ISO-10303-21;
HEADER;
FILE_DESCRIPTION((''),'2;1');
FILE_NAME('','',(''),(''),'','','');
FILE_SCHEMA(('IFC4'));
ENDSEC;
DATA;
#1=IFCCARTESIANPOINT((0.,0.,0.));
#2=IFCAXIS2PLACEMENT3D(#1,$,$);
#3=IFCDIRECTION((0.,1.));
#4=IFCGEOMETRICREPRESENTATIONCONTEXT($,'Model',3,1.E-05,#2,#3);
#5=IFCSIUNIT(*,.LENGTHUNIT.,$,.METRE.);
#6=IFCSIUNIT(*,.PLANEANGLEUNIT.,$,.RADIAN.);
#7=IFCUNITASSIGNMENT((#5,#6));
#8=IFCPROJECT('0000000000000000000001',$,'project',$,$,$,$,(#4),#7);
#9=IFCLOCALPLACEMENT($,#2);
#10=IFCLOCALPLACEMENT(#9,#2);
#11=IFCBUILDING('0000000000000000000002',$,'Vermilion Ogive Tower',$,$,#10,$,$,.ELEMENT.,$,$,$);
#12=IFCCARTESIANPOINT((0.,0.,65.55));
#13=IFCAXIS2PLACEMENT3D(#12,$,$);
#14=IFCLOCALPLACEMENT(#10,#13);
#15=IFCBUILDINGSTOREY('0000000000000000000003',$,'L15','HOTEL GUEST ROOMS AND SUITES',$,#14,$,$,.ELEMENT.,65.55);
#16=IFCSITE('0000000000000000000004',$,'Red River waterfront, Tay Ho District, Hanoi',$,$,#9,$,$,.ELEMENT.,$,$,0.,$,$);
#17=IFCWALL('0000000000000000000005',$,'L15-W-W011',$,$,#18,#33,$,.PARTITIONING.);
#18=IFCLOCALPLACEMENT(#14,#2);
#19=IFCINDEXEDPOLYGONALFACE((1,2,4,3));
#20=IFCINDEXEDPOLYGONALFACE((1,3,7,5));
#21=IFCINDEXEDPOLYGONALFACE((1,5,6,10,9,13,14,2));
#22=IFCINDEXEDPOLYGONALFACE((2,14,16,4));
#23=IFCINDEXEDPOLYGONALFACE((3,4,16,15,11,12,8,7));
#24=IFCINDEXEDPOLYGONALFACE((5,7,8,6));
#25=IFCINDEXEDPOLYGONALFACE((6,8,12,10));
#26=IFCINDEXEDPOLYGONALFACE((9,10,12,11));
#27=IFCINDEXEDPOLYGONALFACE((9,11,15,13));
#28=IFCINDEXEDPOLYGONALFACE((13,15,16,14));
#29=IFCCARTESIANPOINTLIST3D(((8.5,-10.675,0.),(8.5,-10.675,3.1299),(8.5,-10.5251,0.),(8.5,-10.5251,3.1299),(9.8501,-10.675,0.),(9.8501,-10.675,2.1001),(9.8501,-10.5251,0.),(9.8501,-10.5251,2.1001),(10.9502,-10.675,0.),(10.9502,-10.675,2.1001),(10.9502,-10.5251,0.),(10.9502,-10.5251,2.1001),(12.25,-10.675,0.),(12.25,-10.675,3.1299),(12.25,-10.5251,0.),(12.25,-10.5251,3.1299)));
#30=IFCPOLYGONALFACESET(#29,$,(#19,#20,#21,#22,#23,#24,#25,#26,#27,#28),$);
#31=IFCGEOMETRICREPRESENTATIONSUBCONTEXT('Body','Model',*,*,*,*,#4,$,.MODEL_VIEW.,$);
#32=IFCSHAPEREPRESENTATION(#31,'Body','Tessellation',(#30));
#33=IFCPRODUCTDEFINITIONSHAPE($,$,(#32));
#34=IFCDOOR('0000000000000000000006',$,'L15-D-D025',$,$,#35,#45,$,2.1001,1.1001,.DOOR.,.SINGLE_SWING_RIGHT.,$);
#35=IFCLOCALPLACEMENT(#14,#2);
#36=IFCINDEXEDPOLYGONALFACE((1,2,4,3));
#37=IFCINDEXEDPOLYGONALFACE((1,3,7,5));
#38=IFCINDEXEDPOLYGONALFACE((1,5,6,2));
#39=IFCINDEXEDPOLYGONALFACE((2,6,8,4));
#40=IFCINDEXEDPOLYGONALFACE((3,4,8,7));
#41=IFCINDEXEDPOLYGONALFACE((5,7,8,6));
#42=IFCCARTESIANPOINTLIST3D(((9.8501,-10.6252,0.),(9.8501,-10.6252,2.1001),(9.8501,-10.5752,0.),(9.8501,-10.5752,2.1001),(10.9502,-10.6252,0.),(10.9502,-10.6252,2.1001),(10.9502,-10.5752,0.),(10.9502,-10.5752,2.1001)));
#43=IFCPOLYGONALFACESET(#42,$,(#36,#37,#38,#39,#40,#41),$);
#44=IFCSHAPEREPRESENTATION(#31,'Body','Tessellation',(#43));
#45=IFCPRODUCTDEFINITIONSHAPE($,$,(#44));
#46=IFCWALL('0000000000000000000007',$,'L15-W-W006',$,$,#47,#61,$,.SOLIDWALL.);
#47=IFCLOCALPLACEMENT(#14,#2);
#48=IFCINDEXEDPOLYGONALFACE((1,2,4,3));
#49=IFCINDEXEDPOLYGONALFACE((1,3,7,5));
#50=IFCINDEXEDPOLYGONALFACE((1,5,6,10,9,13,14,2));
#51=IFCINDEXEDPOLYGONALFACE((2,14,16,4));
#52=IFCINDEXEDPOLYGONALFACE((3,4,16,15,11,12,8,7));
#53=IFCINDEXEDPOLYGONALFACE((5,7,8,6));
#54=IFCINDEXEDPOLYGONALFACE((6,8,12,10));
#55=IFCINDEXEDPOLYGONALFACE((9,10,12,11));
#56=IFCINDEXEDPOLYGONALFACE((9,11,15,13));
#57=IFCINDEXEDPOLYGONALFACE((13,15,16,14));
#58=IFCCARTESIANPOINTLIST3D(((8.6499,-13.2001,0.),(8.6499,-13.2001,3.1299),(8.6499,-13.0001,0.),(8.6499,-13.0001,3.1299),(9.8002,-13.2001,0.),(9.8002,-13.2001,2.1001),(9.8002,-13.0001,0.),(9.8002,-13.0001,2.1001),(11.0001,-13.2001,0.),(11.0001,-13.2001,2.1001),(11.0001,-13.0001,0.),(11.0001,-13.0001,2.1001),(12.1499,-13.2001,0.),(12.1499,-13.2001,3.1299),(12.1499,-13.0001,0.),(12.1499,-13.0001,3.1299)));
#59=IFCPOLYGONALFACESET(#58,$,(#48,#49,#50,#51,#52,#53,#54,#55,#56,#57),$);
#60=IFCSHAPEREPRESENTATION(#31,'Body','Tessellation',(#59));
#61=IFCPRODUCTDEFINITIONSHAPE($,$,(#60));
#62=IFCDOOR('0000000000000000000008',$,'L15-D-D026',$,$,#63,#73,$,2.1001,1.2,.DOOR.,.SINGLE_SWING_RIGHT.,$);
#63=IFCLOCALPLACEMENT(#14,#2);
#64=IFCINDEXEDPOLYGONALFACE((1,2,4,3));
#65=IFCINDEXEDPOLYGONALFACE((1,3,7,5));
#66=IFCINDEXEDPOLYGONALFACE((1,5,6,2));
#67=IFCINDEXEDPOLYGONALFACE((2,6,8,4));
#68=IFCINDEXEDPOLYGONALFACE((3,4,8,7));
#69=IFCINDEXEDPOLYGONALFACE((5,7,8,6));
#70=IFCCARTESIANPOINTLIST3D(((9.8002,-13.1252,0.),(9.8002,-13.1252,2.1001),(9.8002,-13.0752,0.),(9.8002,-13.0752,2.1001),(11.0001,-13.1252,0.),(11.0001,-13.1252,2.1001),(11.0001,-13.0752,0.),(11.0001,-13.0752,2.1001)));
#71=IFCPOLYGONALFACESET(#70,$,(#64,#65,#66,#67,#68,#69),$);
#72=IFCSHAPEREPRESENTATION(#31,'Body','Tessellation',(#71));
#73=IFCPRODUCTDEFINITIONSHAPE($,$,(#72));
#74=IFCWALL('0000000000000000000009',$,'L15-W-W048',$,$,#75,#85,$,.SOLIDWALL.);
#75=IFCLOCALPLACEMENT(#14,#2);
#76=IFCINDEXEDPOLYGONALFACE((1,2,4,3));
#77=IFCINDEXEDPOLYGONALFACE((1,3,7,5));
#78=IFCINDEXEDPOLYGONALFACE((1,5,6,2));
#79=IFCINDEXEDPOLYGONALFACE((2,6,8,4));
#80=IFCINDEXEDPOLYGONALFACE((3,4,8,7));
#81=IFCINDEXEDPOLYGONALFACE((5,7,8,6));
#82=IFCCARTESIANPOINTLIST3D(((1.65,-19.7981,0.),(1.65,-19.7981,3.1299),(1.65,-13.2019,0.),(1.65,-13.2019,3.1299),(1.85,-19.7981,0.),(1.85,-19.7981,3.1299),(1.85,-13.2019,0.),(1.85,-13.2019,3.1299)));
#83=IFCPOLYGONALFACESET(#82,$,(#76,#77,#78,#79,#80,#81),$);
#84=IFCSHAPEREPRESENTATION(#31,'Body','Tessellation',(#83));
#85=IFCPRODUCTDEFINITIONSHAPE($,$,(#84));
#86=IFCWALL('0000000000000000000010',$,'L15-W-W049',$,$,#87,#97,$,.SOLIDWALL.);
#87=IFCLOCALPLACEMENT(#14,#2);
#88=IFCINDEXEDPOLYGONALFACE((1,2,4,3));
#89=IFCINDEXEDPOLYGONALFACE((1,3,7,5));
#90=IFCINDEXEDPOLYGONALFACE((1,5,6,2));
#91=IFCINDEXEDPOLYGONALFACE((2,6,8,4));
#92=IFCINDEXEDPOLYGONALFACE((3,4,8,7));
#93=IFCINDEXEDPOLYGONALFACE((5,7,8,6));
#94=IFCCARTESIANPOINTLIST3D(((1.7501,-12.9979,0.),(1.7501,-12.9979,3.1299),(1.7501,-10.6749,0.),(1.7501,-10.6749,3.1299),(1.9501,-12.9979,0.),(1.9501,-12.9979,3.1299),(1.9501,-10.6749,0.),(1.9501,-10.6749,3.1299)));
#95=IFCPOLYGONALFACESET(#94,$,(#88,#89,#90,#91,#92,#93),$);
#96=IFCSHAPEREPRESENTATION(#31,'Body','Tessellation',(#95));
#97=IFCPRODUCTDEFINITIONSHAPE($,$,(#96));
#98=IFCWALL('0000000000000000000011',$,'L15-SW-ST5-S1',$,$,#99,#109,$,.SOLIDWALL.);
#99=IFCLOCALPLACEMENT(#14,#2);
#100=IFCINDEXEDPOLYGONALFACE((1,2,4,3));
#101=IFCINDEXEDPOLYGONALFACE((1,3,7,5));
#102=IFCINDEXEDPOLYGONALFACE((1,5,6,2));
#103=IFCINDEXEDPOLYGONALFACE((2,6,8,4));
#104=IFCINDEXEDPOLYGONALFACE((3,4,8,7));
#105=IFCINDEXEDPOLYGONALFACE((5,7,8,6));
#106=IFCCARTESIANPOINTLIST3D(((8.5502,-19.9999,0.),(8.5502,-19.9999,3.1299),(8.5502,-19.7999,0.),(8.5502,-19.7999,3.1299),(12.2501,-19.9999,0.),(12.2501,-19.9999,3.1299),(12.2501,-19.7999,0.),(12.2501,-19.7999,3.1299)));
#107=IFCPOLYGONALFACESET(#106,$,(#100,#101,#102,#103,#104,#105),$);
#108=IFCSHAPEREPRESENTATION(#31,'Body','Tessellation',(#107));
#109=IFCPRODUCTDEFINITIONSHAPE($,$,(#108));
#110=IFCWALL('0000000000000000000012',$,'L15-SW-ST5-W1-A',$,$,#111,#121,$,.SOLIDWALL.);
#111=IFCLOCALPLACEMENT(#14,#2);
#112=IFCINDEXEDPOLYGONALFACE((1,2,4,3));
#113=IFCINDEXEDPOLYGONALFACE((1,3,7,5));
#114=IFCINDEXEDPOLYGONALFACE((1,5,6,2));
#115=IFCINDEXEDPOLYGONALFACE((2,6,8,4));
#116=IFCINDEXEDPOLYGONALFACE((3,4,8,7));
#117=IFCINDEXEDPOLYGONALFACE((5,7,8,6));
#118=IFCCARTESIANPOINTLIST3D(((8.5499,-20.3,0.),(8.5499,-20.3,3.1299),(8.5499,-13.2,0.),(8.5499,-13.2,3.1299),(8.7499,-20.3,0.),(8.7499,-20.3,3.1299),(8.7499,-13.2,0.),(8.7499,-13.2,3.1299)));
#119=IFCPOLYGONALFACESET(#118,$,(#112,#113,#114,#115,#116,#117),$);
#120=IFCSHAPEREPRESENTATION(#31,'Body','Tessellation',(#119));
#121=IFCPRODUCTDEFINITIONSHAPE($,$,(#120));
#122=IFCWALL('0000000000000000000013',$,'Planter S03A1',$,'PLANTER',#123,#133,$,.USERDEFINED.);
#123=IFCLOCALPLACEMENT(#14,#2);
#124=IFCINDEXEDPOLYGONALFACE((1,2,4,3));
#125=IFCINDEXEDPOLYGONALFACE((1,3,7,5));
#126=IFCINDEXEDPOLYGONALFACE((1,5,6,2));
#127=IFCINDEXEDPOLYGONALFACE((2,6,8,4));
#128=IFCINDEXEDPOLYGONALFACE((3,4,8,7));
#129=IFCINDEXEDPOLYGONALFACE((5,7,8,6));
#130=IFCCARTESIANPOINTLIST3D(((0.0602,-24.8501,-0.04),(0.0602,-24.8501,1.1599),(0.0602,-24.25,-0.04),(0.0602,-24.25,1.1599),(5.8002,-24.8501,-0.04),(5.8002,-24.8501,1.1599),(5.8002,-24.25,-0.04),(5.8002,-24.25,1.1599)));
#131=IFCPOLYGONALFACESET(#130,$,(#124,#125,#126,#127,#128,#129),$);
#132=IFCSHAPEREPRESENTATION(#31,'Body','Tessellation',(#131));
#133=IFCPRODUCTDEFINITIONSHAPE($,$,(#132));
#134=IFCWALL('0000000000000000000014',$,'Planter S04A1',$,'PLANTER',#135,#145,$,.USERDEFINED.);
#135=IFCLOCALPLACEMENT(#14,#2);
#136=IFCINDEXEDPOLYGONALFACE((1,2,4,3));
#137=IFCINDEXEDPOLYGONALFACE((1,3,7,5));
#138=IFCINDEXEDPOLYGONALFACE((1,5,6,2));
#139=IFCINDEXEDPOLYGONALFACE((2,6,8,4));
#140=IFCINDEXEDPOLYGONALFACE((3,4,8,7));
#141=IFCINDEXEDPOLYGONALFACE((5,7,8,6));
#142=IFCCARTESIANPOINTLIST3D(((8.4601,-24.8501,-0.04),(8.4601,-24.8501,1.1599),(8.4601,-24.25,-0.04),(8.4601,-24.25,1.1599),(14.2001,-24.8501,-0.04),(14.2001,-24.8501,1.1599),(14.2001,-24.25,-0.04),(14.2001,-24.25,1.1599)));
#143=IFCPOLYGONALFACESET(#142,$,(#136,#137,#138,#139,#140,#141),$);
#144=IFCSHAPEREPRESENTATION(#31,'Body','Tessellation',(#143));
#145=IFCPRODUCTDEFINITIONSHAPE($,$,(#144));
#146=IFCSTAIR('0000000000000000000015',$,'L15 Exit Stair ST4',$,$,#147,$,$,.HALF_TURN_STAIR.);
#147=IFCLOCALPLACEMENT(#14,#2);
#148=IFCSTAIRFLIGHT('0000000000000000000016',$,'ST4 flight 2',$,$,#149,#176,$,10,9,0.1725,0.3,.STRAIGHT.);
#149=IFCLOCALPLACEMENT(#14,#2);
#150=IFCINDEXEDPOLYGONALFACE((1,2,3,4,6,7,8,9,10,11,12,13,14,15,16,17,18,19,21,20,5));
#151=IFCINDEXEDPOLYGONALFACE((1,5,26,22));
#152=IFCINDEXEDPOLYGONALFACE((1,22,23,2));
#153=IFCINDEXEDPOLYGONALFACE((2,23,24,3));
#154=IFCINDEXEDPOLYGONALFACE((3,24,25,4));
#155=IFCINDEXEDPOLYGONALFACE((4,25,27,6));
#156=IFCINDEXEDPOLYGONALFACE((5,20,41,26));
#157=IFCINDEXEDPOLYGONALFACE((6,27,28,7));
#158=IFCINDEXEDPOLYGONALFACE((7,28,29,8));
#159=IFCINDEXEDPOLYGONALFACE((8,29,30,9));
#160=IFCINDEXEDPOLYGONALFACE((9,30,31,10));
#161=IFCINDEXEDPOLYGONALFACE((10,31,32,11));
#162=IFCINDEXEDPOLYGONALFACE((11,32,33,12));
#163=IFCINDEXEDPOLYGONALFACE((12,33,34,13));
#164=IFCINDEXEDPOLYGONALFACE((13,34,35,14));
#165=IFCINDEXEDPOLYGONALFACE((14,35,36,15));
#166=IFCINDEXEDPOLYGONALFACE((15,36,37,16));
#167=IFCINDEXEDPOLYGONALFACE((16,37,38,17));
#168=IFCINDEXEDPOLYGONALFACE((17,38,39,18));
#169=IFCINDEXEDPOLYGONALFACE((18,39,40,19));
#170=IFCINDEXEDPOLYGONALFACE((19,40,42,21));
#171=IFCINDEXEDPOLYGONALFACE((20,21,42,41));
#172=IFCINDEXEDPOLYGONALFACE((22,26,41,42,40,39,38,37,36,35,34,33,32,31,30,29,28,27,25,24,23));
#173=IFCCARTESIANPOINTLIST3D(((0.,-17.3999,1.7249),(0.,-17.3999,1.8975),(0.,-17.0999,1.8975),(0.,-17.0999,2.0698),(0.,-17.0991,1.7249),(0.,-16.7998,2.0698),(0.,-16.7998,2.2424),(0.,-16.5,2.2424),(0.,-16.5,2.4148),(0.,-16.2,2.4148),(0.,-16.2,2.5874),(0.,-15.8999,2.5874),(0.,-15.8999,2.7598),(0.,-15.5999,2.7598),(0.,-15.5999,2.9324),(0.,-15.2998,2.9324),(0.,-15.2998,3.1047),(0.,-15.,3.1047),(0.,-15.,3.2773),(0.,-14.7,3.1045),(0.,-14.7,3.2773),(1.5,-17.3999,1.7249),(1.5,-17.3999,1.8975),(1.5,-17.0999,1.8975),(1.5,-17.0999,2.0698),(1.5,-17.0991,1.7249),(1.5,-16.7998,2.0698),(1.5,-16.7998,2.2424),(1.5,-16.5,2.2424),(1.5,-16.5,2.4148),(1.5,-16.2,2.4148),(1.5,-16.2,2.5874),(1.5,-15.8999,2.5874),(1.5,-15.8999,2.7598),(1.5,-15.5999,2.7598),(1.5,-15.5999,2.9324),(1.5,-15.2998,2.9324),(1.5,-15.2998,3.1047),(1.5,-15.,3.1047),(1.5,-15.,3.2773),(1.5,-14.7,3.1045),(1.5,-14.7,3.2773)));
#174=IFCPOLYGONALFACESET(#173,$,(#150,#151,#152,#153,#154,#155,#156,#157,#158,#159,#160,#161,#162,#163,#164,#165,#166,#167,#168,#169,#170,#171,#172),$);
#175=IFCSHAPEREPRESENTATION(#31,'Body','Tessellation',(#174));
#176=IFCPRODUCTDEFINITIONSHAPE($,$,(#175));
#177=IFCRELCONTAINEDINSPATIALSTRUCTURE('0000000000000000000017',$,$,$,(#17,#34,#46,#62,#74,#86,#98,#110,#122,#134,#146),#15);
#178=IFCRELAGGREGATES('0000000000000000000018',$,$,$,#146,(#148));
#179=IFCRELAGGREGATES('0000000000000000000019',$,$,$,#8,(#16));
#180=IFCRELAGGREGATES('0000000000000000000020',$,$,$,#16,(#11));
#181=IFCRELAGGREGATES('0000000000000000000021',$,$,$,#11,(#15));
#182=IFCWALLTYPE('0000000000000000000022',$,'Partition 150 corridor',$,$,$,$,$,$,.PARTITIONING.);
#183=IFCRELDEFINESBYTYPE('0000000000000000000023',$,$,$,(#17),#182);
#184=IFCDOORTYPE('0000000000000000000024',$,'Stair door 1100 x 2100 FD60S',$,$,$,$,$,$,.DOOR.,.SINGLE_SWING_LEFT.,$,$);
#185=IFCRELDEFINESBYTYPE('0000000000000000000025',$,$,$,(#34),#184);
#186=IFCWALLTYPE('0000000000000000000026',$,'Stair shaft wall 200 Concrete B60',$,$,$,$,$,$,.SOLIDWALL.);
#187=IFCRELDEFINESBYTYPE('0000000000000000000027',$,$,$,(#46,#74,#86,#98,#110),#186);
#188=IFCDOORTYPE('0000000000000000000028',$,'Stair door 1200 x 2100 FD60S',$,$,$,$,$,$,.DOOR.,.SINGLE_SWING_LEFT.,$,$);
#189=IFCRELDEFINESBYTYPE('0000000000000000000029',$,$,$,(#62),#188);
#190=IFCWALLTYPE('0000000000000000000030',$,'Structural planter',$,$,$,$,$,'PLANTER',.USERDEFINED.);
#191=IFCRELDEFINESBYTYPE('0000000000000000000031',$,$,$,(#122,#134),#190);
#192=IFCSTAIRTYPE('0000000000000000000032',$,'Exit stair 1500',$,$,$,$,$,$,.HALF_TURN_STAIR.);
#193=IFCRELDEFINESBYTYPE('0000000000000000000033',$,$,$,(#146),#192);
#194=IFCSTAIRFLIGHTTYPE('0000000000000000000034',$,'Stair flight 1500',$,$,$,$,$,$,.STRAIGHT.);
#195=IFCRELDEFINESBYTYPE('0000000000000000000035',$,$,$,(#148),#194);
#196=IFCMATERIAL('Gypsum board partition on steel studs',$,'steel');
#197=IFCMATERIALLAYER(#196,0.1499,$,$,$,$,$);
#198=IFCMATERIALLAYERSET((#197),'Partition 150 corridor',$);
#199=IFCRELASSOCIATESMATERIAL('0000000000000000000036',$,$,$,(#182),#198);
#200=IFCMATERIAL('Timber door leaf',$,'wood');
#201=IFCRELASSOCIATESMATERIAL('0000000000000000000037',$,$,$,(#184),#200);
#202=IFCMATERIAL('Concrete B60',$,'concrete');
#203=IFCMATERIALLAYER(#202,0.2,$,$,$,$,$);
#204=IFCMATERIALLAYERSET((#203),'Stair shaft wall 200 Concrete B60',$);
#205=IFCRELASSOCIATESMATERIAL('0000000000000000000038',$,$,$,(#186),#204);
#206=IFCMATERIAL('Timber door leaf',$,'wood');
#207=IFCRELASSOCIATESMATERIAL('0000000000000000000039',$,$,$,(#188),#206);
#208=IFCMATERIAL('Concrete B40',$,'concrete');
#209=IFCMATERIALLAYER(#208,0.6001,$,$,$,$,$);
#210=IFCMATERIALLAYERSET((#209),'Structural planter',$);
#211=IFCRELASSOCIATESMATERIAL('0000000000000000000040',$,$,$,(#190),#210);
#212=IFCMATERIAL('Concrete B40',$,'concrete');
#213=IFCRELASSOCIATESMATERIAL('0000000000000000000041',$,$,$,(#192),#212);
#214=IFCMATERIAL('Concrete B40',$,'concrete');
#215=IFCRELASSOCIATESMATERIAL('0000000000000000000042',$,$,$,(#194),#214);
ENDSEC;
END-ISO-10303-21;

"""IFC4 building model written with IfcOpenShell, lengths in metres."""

from ifc_helpers import new_model, si_unit, direction, frame, frame_2d, origin, place, context, subcontext, project, spatial, polyline, rectangle, outline, extrude, material, layer, layer_set, type_object, element, fill, aggregate, save


model = new_model("IFC4")

# Units and contexts
model_context = context("Model", 3, precision=1e-05, world=origin(), true_north=direction((0.0, 1.0)))
body_context = subcontext(model_context, "Body", "Model", "MODEL_VIEW")
ifc_project = project(units=[si_unit("LENGTHUNIT", "METRE"), si_unit("PLANEANGLEUNIT", "RADIAN")], contexts=[model_context])

# Site, building, storey
site_placement = place(None, origin())
site = spatial("IfcSite", under=ifc_project, at=site_placement, Name="Red River waterfront, Tay Ho District, Hanoi", CompositionType="ELEMENT", RefElevation=0.0)
building_placement = place(site_placement, origin())
building = spatial("IfcBuilding", under=site, at=building_placement, Name="Vermilion Ogive Tower", CompositionType="ELEMENT")
storey_placement = place(building_placement, frame((0.0, 0.0, 65.55)))
storey = spatial("IfcBuildingStorey", under=building, at=storey_placement, Name="L15", Description="HOTEL GUEST ROOMS AND SUITES", CompositionType="ELEMENT", Elevation=65.55)

# Walls, openings, doors
ifc_material_1 = material(Name="Gypsum board partition on steel studs", Category="steel")
ifc_layer_1 = layer(ifc_material_1, 0.1499)
ifc_layer_set_1 = layer_set([ifc_layer_1], Name="Partition 150 corridor")
wall_type_1 = type_object("IfcWallType", Name="Partition 150 corridor", PredefinedType="PARTITIONING", material=ifc_layer_set_1)
wall_1_placement = place(storey_placement, frame((8.5, -10.6001, 0.0), z_axis=(0.0, 0.0, 1.0), x_axis=(1.0, 0.0, 0.0)))
wall_1 = element("IfcWall", 1, at=wall_1_placement, inside=storey, type_object=wall_type_1, Name="L15-W-W011", PredefinedType="PARTITIONING", context=body_context, shape_type="SweptSolid", body=[
    extrude(rectangle(XDim=3.75, YDim=0.1499, at=frame_2d((1.875, 0.0))), origin(), (0.0, 0.0, 1.0), 3.1299),
])
opening_1_placement = place(wall_1_placement, frame((1.3501, 0.0, 0.0)))
opening_1 = element("IfcOpeningElement", 2, at=opening_1_placement, cuts=wall_1, PredefinedType="OPENING", context=body_context, shape_type="SweptSolid", body=[
    extrude(rectangle(XDim=1.1001, YDim=2.1001, at=frame_2d((0.55, 1.05))), frame((0.0, 0.085, 0.0), z_axis=(0.0, -1.0, 0.0), x_axis=(1.0, 0.0, 0.0)), (0.0, 0.0, 1.0), 0.1699),
])
ifc_material_2 = material(Name="Timber door leaf", Category="wood")
door_type_1 = type_object("IfcDoorType", Name="Stair door 1100 x 2100 FD60S", OperationType="SINGLE_SWING_LEFT", PredefinedType="DOOR", material=ifc_material_2)
door_1_placement = place(opening_1_placement, origin())
door_1 = element("IfcDoor", 3, at=door_1_placement, inside=storey, type_object=door_type_1, Name="L15-D-D025", OperationType="SINGLE_SWING_RIGHT", OverallHeight=2.1001, OverallWidth=1.1001, PredefinedType="DOOR", context=body_context, shape_type="SweptSolid", body=[
    extrude(rectangle(XDim=1.1001, YDim=2.1001, at=frame_2d((0.55, 1.05))), frame((0.0, 0.0249, 0.0), z_axis=(0.0, -1.0, 0.0), x_axis=(1.0, 0.0, 0.0)), (0.0, 0.0, 1.0), 0.05),
])
fill(opening_1, door_1)
ifc_material_3 = material(Name="Concrete B60", Category="concrete")
ifc_layer_2 = layer(ifc_material_3, 0.2)
ifc_layer_set_2 = layer_set([ifc_layer_2], Name="Stair shaft wall 200 Concrete B60")
wall_type_2 = type_object("IfcWallType", Name="Stair shaft wall 200 Concrete B60", PredefinedType="SOLIDWALL", material=ifc_layer_set_2)
wall_2_placement = place(storey_placement, frame((8.6499, -13.1001, 0.0), z_axis=(0.0, 0.0, 1.0), x_axis=(1.0, 0.0, 0.0)))
wall_2 = element("IfcWall", 4, at=wall_2_placement, inside=storey, type_object=wall_type_2, Name="L15-W-W006", PredefinedType="SOLIDWALL", context=body_context, shape_type="SweptSolid", body=[
    extrude(rectangle(XDim=3.5, YDim=0.2, at=frame_2d((1.75, 0.0))), origin(), (0.0, 0.0, 1.0), 3.1299),
])
opening_2_placement = place(wall_2_placement, frame((1.1501, 0.0, 0.0)))
opening_2 = element("IfcOpeningElement", 5, at=opening_2_placement, cuts=wall_2, PredefinedType="OPENING", context=body_context, shape_type="SweptSolid", body=[
    extrude(rectangle(XDim=1.2, YDim=2.1001, at=frame_2d((0.6001, 1.05))), frame((0.0, 0.1099, 0.0), z_axis=(0.0, -1.0, 0.0), x_axis=(1.0, 0.0, 0.0)), (0.0, 0.0, 1.0), 0.22),
])
ifc_material_4 = material(Name="Timber door leaf", Category="wood")
door_type_2 = type_object("IfcDoorType", Name="Stair door 1200 x 2100 FD60S", OperationType="SINGLE_SWING_LEFT", PredefinedType="DOOR", material=ifc_material_4)
door_2_placement = place(opening_2_placement, origin())
door_2 = element("IfcDoor", 6, at=door_2_placement, inside=storey, type_object=door_type_2, Name="L15-D-D026", OperationType="SINGLE_SWING_RIGHT", OverallHeight=2.1001, OverallWidth=1.2, PredefinedType="DOOR", context=body_context, shape_type="SweptSolid", body=[
    extrude(rectangle(XDim=1.2, YDim=2.1001, at=frame_2d((0.6001, 1.05))), frame((0.0, 0.0249, 0.0), z_axis=(0.0, -1.0, 0.0), x_axis=(1.0, 0.0, 0.0)), (0.0, 0.0, 1.0), 0.05),
])
fill(opening_2, door_2)

# Walls
wall_3_placement = place(storey_placement, frame((1.75, -19.7981, 0.0), z_axis=(0.0, 0.0, 1.0), x_axis=(0.0, 1.0, 0.0)))
element("IfcWall", 7, at=wall_3_placement, inside=storey, type_object=wall_type_2, Name="L15-W-W048", PredefinedType="SOLIDWALL", context=body_context, shape_type="SweptSolid", body=[
    extrude(rectangle(XDim=6.5962, YDim=0.2, at=frame_2d((3.2981, 0.0))), origin(), (0.0, 0.0, 1.0), 3.1299),
])
wall_4_placement = place(storey_placement, frame((1.8501, -12.998, 0.0), z_axis=(0.0, 0.0, 1.0), x_axis=(0.0, 1.0, 0.0)))
element("IfcWall", 8, at=wall_4_placement, inside=storey, type_object=wall_type_2, Name="L15-W-W049", PredefinedType="SOLIDWALL", context=body_context, shape_type="SweptSolid", body=[
    extrude(rectangle(XDim=2.323, YDim=0.2, at=frame_2d((1.1616, 0.0))), origin(), (0.0, 0.0, 1.0), 3.1299),
])
wall_5_placement = place(storey_placement, frame((8.55, -19.8999, 0.0), z_axis=(0.0, 0.0, 1.0), x_axis=(1.0, 0.0, 0.0)))
element("IfcWall", 9, at=wall_5_placement, inside=storey, type_object=wall_type_2, Name="L15-SW-ST5-S1", PredefinedType="SOLIDWALL", context=body_context, shape_type="SweptSolid", body=[
    extrude(rectangle(XDim=3.7, YDim=0.2, at=frame_2d((1.8501, 0.0))), origin(), (0.0, 0.0, 1.0), 3.1299),
])
wall_6_placement = place(storey_placement, frame((8.6499, -20.3, 0.0), z_axis=(0.0, 0.0, 1.0), x_axis=(0.0, 1.0, 0.0)))
element("IfcWall", 10, at=wall_6_placement, inside=storey, type_object=wall_type_2, Name="L15-SW-ST5-W1-A", PredefinedType="SOLIDWALL", context=body_context, shape_type="SweptSolid", body=[
    extrude(rectangle(XDim=7.1001, YDim=0.2, at=frame_2d((3.55, 0.0))), origin(), (0.0, 0.0, 1.0), 3.1299),
])
ifc_material_5 = material(Name="Concrete B40", Category="concrete")
ifc_layer_3 = layer(ifc_material_5, 0.6001)
ifc_layer_set_3 = layer_set([ifc_layer_3], Name="Structural planter")
wall_type_3 = type_object("IfcWallType", Name="Structural planter", ElementType="PLANTER", PredefinedType="USERDEFINED", material=ifc_layer_set_3)
for number, where, z_axis, x_axis, name in (
    (11, (0.0601, -24.55, -0.04), (0.0, 0.0, 1.0), (1.0, 0.0, 0.0), "Planter S03A1"),
    (12, (8.46, -24.55, -0.04), (0.0, 0.0, 1.0), (1.0, 0.0, 0.0), "Planter S04A1"),
):
    element("IfcWall", number, at=place(storey_placement, frame(where, z_axis=z_axis, x_axis=x_axis)), inside=storey, type_object=wall_type_3, Name=name, ObjectType="PLANTER", PredefinedType="USERDEFINED", context=body_context, shape_type="SweptSolid", body=[
        extrude(rectangle(XDim=5.74, YDim=0.6001, at=frame_2d((2.8701, 0.0))), origin(), (0.0, 0.0, 1.0), 1.2),
    ])

# Stair, stair flight
ifc_material_6 = material(Name="Concrete B40", Category="concrete")
stair_type = type_object("IfcStairType", Name="Exit stair 1500", PredefinedType="HALF_TURN_STAIR", material=ifc_material_6)
stair_placement = place(storey_placement, origin())
stair = element("IfcStair", 13, at=stair_placement, inside=storey, type_object=stair_type, Name="L15 Exit Stair ST4", PredefinedType="HALF_TURN_STAIR")
ifc_material_7 = material(Name="Concrete B40", Category="concrete")
stair_flight_type = type_object("IfcStairFlightType", Name="Stair flight 1500", PredefinedType="STRAIGHT", material=ifc_material_7)
stair_flight_placement = place(storey_placement, frame((0.75, -17.3999, 1.7249), z_axis=(0.0, 0.0, 1.0), x_axis=(0.0, 1.0, 0.0)))
stair_flight = element("IfcStairFlight", 14, at=stair_flight_placement, type_object=stair_flight_type, Name="ST4 flight 2", NumberOfRisers=10, NumberOfTreads=9, PredefinedType="STRAIGHT", RiserHeight=0.1725, TreadLength=0.3, context=body_context, shape_type="SweptSolid", body=[
    extrude(outline(polyline([(0.0, 0.0), (0.0, 0.1726), (0.3, 0.1726), (0.3, 0.345), (0.6001, 0.345), (0.6001, 0.5176), (0.8999, 0.5176), (0.8999, 0.6899), (1.2, 0.6899), (1.2, 0.8625), (1.5, 0.8625), (1.5, 1.0349), (1.8, 1.0349), (1.8, 1.2075), (2.1001, 1.2075), (2.1001, 1.3799), (2.3999, 1.3799), (2.3999, 1.5525), (2.7, 1.5525), (2.7, 1.7251), (2.7, 1.3796), (0.3008, 0.0), (0.0, 0.0)])), frame((0.0, 0.75, 0.0), z_axis=(0.0, -1.0, 0.0), x_axis=(1.0, 0.0, 0.0)), (0.0, 0.0, 1.0), 1.5),
])
aggregate(stair, [stair_flight])

save(model, "model.ifc")
